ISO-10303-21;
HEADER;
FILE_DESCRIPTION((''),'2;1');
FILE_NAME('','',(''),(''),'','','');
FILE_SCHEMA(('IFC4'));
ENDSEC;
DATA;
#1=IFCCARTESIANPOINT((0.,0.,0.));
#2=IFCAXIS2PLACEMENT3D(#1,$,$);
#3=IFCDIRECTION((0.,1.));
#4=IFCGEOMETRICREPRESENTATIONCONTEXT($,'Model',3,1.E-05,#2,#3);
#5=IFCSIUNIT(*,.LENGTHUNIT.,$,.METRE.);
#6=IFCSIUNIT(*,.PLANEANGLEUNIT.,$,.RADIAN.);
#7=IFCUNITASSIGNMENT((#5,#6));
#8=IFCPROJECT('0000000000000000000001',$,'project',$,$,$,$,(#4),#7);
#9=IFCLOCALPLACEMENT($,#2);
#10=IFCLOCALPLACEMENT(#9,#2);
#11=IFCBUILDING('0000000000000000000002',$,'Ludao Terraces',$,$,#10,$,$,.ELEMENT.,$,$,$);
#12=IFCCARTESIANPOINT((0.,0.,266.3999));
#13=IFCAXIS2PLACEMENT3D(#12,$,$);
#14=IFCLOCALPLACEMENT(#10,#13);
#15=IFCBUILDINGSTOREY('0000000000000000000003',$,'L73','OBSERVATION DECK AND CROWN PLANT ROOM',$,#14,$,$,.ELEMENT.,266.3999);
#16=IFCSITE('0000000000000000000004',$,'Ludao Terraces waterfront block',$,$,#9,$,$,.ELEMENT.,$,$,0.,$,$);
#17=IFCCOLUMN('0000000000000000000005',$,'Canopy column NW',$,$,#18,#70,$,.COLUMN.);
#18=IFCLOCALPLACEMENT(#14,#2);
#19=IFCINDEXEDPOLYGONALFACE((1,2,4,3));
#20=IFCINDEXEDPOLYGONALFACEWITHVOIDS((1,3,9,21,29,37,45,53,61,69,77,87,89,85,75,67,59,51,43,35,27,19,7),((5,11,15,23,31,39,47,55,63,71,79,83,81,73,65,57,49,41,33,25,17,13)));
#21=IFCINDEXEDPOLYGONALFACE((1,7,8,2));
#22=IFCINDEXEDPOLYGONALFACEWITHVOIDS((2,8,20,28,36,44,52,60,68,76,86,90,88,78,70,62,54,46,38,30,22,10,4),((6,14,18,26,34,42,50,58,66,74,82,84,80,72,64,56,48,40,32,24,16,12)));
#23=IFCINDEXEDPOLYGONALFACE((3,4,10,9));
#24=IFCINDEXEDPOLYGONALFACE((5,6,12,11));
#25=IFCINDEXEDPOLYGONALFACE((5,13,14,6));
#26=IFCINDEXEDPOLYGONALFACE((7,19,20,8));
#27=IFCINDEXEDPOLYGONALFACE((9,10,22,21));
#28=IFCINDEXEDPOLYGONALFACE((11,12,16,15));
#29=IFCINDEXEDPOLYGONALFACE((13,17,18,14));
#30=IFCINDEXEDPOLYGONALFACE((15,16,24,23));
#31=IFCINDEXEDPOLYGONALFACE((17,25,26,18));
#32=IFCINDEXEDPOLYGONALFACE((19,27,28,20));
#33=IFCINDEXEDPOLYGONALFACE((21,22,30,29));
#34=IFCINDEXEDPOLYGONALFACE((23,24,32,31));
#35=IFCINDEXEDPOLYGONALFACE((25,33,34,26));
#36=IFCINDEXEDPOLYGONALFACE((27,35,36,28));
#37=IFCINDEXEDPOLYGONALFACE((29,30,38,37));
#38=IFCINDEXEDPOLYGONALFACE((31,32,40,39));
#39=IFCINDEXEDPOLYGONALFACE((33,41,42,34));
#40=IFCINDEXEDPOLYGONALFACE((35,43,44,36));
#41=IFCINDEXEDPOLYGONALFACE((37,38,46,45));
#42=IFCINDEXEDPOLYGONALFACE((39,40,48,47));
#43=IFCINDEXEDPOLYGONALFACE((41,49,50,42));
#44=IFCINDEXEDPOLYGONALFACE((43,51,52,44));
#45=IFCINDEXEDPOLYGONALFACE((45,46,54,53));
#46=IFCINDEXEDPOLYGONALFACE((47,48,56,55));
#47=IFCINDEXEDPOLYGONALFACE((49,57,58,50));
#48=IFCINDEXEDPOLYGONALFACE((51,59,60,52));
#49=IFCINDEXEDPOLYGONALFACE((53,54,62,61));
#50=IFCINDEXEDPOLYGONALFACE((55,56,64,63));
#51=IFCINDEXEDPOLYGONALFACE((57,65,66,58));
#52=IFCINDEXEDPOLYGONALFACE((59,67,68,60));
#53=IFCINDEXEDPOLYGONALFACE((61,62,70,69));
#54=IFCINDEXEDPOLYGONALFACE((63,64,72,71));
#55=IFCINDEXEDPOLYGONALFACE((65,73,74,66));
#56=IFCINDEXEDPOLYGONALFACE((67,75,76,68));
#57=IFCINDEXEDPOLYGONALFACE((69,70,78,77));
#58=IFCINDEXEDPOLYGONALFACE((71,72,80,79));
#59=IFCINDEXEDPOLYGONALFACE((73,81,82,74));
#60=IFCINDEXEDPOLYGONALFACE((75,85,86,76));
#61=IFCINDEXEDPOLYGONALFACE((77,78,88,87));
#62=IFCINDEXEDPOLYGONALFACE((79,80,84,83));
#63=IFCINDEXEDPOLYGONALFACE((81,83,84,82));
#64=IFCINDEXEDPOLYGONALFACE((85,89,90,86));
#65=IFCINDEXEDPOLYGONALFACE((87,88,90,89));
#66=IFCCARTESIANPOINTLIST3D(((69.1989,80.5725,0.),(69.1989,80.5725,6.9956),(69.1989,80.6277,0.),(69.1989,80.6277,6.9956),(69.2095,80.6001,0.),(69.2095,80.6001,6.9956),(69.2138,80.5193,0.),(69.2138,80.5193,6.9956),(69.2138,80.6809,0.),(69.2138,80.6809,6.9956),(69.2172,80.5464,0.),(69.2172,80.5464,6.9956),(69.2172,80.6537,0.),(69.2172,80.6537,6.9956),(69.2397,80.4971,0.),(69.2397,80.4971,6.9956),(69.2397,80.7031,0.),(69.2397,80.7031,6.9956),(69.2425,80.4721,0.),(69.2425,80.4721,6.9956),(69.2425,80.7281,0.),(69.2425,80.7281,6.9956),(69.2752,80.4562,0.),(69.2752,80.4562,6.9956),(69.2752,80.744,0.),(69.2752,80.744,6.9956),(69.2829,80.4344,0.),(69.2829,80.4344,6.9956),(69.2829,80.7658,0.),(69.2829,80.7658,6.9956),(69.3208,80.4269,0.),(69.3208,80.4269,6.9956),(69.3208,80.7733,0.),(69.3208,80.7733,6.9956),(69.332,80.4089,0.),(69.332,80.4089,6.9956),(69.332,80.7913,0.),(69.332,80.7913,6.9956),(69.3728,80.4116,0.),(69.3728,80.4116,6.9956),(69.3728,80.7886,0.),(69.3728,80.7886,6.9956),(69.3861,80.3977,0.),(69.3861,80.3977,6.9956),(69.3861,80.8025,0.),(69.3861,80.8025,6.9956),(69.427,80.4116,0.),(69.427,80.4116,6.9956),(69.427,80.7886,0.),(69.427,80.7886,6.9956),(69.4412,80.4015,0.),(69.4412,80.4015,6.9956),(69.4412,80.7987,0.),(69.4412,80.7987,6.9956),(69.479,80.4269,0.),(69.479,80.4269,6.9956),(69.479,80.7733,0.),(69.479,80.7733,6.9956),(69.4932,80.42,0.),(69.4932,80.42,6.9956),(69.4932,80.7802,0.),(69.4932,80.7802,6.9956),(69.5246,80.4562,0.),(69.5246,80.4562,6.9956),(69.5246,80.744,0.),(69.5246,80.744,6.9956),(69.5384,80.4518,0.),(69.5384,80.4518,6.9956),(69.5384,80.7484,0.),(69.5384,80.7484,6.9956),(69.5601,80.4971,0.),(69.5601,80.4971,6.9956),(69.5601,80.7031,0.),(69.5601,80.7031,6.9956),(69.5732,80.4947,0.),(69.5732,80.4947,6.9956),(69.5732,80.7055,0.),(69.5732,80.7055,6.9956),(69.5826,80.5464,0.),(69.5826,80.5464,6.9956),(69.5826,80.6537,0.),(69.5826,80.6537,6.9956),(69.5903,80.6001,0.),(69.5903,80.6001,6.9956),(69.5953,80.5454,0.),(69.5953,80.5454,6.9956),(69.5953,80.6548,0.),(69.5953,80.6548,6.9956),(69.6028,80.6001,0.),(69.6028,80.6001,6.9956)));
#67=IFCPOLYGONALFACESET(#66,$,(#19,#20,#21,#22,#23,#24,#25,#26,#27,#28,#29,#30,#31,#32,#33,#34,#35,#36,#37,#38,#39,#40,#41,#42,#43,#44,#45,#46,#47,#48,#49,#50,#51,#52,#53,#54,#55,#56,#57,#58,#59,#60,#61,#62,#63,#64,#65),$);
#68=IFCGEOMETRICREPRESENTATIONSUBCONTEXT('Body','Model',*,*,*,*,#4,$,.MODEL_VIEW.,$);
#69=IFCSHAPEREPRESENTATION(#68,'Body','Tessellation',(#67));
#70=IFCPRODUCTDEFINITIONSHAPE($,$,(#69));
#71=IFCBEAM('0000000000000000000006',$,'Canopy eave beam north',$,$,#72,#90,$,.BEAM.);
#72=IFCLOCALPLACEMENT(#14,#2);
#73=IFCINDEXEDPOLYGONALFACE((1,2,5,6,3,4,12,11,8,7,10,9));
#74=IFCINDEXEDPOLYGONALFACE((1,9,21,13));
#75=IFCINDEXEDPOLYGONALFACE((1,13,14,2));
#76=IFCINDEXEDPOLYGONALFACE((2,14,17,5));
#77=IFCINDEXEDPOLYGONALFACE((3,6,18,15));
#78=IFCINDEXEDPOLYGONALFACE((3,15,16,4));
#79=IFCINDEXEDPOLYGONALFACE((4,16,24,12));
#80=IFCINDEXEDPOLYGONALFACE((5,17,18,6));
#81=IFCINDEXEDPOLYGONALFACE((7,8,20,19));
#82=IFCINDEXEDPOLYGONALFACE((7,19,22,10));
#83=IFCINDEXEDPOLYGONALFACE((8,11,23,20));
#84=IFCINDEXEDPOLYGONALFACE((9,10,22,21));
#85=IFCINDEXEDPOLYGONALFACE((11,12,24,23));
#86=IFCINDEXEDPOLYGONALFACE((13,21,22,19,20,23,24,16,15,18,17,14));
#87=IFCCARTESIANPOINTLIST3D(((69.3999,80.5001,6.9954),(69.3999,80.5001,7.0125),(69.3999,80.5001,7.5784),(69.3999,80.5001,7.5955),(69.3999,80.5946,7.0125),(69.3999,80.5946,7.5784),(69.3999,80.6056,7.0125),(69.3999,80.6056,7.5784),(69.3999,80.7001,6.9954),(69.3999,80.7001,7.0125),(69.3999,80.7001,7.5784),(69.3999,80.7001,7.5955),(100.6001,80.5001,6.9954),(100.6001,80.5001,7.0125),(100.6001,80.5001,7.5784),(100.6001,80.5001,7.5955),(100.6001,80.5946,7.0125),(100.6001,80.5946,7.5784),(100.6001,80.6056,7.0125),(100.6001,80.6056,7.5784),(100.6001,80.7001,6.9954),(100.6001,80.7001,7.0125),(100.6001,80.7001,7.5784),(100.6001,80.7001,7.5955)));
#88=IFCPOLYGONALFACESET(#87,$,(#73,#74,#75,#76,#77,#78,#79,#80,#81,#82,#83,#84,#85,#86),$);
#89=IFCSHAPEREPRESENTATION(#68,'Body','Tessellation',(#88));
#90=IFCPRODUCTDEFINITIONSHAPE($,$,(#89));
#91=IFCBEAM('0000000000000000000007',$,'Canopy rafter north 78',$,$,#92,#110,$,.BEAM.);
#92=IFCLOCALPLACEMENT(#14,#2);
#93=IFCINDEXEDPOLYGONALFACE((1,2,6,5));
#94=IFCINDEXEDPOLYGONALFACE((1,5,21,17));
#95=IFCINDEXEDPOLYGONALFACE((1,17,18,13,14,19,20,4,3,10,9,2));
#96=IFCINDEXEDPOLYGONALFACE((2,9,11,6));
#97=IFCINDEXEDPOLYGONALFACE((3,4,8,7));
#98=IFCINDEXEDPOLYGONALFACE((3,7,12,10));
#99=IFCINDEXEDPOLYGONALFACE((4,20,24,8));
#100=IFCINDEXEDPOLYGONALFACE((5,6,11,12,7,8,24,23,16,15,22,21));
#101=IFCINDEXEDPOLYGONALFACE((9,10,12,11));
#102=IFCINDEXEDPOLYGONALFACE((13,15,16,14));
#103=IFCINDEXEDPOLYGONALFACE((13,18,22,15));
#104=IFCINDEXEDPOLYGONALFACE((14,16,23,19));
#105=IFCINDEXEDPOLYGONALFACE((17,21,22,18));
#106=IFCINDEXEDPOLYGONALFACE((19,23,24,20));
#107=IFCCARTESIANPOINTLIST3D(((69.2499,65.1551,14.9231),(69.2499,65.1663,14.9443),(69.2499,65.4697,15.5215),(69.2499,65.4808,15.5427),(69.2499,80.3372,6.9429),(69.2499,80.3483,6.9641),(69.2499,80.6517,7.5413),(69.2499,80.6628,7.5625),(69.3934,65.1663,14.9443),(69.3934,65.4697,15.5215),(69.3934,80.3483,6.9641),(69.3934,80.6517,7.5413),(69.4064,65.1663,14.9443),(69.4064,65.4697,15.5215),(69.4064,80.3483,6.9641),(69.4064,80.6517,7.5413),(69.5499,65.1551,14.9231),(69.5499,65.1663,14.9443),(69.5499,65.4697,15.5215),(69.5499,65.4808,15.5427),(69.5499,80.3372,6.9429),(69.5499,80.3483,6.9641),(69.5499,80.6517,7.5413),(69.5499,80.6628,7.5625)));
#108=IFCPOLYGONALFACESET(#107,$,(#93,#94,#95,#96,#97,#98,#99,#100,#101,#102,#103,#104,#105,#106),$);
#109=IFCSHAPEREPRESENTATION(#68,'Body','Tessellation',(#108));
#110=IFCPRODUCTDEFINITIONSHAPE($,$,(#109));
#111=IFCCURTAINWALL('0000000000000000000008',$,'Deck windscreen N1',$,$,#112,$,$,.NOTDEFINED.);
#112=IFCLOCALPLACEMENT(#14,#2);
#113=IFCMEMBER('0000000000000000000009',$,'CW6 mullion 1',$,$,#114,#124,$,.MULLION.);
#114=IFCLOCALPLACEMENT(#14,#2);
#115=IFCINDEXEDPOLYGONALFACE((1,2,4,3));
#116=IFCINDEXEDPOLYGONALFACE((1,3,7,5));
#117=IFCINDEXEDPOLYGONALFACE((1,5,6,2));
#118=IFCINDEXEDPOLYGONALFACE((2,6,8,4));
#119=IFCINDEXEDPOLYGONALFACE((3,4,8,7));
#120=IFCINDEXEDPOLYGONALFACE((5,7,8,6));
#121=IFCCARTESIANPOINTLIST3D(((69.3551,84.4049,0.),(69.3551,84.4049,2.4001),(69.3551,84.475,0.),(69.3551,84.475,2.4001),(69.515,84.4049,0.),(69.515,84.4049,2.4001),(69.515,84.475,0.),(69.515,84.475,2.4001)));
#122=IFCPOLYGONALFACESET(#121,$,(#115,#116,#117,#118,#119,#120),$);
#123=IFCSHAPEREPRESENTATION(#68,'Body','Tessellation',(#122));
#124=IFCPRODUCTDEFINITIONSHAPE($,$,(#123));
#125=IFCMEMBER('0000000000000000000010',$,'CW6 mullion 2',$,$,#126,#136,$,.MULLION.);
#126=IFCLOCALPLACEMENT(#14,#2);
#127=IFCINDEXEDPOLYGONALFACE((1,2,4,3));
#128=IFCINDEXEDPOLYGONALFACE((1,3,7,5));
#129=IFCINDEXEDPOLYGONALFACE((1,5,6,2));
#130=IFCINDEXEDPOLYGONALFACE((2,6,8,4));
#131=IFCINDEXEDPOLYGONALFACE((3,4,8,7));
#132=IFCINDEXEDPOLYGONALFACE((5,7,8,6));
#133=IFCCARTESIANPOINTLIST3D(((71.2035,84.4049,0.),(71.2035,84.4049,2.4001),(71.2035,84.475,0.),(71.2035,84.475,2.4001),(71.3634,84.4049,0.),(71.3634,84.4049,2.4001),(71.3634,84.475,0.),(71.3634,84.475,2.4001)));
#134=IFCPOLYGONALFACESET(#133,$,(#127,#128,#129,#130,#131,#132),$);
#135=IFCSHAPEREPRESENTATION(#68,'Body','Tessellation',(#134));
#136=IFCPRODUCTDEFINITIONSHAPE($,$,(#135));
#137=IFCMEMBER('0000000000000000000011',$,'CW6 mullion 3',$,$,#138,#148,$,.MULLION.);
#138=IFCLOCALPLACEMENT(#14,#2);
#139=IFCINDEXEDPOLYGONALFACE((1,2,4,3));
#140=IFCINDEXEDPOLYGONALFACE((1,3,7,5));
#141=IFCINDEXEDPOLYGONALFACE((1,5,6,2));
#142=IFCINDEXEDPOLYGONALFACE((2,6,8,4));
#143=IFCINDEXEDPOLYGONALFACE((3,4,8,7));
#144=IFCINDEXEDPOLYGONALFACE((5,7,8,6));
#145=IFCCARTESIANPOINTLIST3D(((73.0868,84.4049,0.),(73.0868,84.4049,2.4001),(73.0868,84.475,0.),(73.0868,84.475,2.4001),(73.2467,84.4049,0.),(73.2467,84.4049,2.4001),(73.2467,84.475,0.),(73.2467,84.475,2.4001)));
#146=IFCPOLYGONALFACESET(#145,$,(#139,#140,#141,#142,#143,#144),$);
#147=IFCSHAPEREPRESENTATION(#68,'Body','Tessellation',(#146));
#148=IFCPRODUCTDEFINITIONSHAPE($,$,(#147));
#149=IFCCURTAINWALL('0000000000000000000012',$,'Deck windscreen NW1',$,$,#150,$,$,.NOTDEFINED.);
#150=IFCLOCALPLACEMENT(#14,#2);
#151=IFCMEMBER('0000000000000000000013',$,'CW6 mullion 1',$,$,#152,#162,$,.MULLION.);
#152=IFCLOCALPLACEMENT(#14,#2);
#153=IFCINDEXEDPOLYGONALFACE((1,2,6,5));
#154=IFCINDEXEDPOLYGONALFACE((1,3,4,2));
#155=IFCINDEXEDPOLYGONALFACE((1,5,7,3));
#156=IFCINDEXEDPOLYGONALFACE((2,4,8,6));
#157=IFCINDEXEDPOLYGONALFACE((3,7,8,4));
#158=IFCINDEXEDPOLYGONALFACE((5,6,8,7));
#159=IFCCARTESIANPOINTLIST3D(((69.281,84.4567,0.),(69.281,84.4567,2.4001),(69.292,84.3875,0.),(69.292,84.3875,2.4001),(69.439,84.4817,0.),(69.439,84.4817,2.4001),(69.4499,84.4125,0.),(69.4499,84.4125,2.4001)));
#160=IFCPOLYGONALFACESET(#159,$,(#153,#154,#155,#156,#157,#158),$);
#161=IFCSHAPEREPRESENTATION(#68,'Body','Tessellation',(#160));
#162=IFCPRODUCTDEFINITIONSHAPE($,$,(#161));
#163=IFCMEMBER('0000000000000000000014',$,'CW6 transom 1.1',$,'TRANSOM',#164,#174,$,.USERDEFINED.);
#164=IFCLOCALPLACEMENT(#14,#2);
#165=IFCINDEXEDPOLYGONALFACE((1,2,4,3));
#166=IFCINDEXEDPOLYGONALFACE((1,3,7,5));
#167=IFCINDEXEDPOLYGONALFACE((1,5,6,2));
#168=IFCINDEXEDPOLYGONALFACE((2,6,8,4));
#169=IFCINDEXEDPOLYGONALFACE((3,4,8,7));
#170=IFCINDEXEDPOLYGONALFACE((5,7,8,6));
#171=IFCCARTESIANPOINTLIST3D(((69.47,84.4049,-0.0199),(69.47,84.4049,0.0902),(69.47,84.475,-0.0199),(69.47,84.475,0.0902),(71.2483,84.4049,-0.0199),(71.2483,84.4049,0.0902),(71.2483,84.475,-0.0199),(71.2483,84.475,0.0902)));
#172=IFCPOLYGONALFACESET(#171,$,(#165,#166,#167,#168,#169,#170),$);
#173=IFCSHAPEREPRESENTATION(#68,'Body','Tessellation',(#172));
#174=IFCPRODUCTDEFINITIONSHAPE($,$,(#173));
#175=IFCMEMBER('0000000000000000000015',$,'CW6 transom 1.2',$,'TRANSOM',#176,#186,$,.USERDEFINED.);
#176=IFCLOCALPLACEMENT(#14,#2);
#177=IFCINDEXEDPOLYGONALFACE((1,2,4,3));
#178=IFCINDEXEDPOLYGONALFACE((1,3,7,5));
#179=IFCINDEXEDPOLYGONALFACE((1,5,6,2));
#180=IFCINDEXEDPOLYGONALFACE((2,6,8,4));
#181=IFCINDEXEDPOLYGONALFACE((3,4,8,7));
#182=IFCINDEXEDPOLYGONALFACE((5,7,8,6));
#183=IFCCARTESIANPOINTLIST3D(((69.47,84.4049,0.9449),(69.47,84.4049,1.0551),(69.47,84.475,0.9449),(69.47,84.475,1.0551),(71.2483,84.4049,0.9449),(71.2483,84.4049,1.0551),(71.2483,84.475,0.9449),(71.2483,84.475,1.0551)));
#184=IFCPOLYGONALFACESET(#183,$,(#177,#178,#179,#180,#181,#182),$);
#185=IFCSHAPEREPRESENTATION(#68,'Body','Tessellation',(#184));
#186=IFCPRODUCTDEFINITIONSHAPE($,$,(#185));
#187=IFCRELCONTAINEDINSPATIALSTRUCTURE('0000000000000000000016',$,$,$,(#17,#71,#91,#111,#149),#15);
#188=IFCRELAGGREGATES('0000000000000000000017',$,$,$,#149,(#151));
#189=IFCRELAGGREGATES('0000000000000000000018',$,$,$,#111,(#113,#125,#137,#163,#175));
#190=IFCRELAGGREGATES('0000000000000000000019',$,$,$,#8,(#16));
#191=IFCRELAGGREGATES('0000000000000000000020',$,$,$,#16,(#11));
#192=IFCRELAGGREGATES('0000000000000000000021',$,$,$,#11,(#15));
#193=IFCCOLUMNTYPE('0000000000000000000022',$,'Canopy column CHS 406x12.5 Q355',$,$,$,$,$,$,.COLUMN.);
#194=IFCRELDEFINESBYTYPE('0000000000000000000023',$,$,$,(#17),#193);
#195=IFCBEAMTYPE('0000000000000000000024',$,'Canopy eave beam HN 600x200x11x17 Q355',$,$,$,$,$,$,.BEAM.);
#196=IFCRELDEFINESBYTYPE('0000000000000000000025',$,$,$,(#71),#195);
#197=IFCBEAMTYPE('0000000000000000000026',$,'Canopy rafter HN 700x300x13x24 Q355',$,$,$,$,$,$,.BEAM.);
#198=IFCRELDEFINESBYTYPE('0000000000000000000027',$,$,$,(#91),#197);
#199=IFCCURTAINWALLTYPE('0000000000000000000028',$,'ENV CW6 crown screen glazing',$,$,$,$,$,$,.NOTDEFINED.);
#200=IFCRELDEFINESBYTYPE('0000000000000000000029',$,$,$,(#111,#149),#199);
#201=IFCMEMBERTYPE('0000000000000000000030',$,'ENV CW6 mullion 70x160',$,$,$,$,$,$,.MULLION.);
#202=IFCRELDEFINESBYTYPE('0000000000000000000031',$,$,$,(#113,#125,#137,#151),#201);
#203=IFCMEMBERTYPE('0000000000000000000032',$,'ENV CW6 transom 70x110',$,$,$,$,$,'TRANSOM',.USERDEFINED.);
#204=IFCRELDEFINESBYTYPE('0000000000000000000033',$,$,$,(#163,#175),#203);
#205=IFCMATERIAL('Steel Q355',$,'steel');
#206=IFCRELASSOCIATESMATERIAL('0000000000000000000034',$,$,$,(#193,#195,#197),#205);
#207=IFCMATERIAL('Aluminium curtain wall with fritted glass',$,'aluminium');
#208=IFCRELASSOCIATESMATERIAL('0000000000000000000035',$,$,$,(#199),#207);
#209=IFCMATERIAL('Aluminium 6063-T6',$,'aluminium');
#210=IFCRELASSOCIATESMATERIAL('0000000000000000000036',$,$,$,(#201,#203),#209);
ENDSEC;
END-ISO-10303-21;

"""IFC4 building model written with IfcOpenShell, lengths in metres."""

from ifc_helpers import new_model, si_unit, direction, frame, origin, origin_2d, place, context, subcontext, project, spatial, rectangle, hollow_circle, i_section, extrude, material, material_profile, profile_set, type_object, element, aggregate, save


model = new_model("IFC4")

# Units and contexts
model_context = context("Model", 3, precision=1e-05, world=origin(), true_north=direction((0.0, 1.0)))
body_context = subcontext(model_context, "Body", "Model", "MODEL_VIEW")
ifc_project = project(units=[si_unit("LENGTHUNIT", "METRE"), si_unit("PLANEANGLEUNIT", "RADIAN")], contexts=[model_context])

# Site, building, storey
site_placement = place(None, origin())
site = spatial("IfcSite", under=ifc_project, at=site_placement, Name="Ludao Terraces waterfront block", CompositionType="ELEMENT", RefElevation=0.0)
building_placement = place(site_placement, origin())
building = spatial("IfcBuilding", under=site, at=building_placement, Name="Ludao Terraces", CompositionType="ELEMENT")
storey_placement = place(building_placement, frame((0.0, 0.0, 266.3999)))
storey = spatial("IfcBuildingStorey", under=building, at=storey_placement, Name="L73", Description="OBSERVATION DECK AND CROWN PLANT ROOM", CompositionType="ELEMENT", Elevation=266.3999)

# Column
ifc_material_1 = material(Name="Steel Q355", Category="steel")
ifc_material_profile_1 = material_profile(ifc_material_1, hollow_circle(Radius=0.2029, WallThickness=0.0125, at=origin_2d()), Name="CHS 406X12.5")
ifc_profile_set_1 = profile_set([ifc_material_profile_1], Name="Steel Q355")
column_type = type_object("IfcColumnType", Name="Canopy column CHS 406x12.5 Q355", PredefinedType="COLUMN", material=ifc_profile_set_1)
column_placement = place(storey_placement, frame((69.3999, 80.6001, 0.0), z_axis=(0.0, 0.0, 1.0), x_axis=(1.0, 0.0, 0.0)))
element("IfcColumn", 1, at=column_placement, inside=storey, type_object=column_type, Name="Canopy column NW", PredefinedType="COLUMN", context=body_context, shape_type="SweptSolid", body=[
    extrude(hollow_circle(Radius=0.2029, WallThickness=0.0125, at=origin_2d()), origin(), (0.0, 0.0, 1.0), 6.9956),
])

# Beams
ifc_material_profile_2 = material_profile(ifc_material_1, i_section(OverallWidth=0.2, OverallDepth=0.6001, WebThickness=0.011, FlangeThickness=0.0171, at=origin_2d()), Name="HN 600X200X11X17")
ifc_profile_set_2 = profile_set([ifc_material_profile_2], Name="Steel Q355")
beam_type_1 = type_object("IfcBeamType", Name="Canopy eave beam HN 600x200x11x17 Q355", PredefinedType="BEAM", material=ifc_profile_set_2)
beam_1_placement = place(storey_placement, frame((69.3999, 80.6001, 7.2954), z_axis=(1.0, 0.0, 0.0), x_axis=(0.0, 1.0, 0.0)))
element("IfcBeam", 2, at=beam_1_placement, inside=storey, type_object=beam_type_1, Name="Canopy eave beam north", PredefinedType="BEAM", context=body_context, shape_type="SweptSolid", body=[
    extrude(i_section(OverallWidth=0.2, OverallDepth=0.6001, WebThickness=0.011, FlangeThickness=0.0171, at=origin_2d()), origin(), (0.0, 0.0, 1.0), 31.2002),
])
ifc_material_profile_3 = material_profile(ifc_material_1, i_section(OverallWidth=0.3, OverallDepth=0.7, WebThickness=0.0129, FlangeThickness=0.0239, at=origin_2d()), Name="HN 700X300X13X24")
ifc_profile_set_3 = profile_set([ifc_material_profile_3], Name="Steel Q355")
beam_type_2 = type_object("IfcBeamType", Name="Canopy rafter HN 700x300x13x24 Q355", PredefinedType="BEAM", material=ifc_profile_set_3)
beam_2_placement = place(storey_placement, frame((69.3999, 80.5, 7.2527), z_axis=(0.0, -0.885167, 0.465273), x_axis=(1.0, 0.0, 0.0)))
element("IfcBeam", 3, at=beam_2_placement, inside=storey, type_object=beam_type_2, Name="Canopy rafter north 78", PredefinedType="BEAM", context=body_context, shape_type="SweptSolid", body=[
    extrude(i_section(OverallWidth=0.3, OverallDepth=0.7, WebThickness=0.0129, FlangeThickness=0.0239, at=origin_2d()), origin(), (0.0, 0.0, 1.0), 17.1516),
])

# Curtain wall, members
ifc_material_2 = material(Name="Aluminium curtain wall with fritted glass", Category="aluminium")
curtain_wall_type = type_object("IfcCurtainWallType", Name="ENV CW6 crown screen glazing", PredefinedType="NOTDEFINED", material=ifc_material_2)
curtain_wall_1_placement = place(storey_placement, origin())
curtain_wall_1 = element("IfcCurtainWall", 4, at=curtain_wall_1_placement, inside=storey, type_object=curtain_wall_type, Name="Deck windscreen N1", PredefinedType="NOTDEFINED")
ifc_material_3 = material(Name="Aluminium 6063-T6", Category="aluminium")
ifc_material_profile_4 = material_profile(ifc_material_3, rectangle(XDim=0.0701, YDim=0.1599, at=origin_2d()), Name="70 X 160")
ifc_profile_set_4 = profile_set([ifc_material_profile_4], Name="Aluminium 6063-T6")
member_type_1 = type_object("IfcMemberType", Name="ENV CW6 mullion 70x160", PredefinedType="MULLION", material=ifc_profile_set_4)
member_1_placement = place(storey_placement, frame((69.4351, 84.4399, 0.0), z_axis=(0.0, 0.0, 1.0), x_axis=(0.0, 1.0, 0.0)))
member_1 = element("IfcMember", 5, at=member_1_placement, type_object=member_type_1, Name="CW6 mullion 1", PredefinedType="MULLION", context=body_context, shape_type="SweptSolid", body=[
    extrude(rectangle(XDim=0.0701, YDim=0.1599, at=origin_2d()), origin(), (0.0, 0.0, 1.0), 2.4001),
])
member_2_placement = place(storey_placement, frame((71.2834, 84.4399, 0.0), z_axis=(0.0, 0.0, 1.0), x_axis=(0.0, 1.0, 0.0)))
member_2 = element("IfcMember", 6, at=member_2_placement, type_object=member_type_1, Name="CW6 mullion 2", PredefinedType="MULLION", context=body_context, shape_type="SweptSolid", body=[
    extrude(rectangle(XDim=0.0701, YDim=0.1599, at=origin_2d()), origin(), (0.0, 0.0, 1.0), 2.4001),
])
member_3_placement = place(storey_placement, frame((73.1667, 84.4399, 0.0), z_axis=(0.0, 0.0, 1.0), x_axis=(0.0, 1.0, 0.0)))
member_3 = element("IfcMember", 7, at=member_3_placement, type_object=member_type_1, Name="CW6 mullion 3", PredefinedType="MULLION", context=body_context, shape_type="SweptSolid", body=[
    extrude(rectangle(XDim=0.0701, YDim=0.1599, at=origin_2d()), origin(), (0.0, 0.0, 1.0), 2.4001),
])

# Curtain wall, member
curtain_wall_2_placement = place(storey_placement, origin())
curtain_wall_2 = element("IfcCurtainWall", 8, at=curtain_wall_2_placement, inside=storey, type_object=curtain_wall_type, Name="Deck windscreen NW1", PredefinedType="NOTDEFINED")
member_4_placement = place(storey_placement, frame((69.3655, 84.4346, 0.0), z_axis=(0.0, 0.0, 1.0), x_axis=(0.156435, -0.987688, 0.0)))
member_4 = element("IfcMember", 9, at=member_4_placement, type_object=member_type_1, Name="CW6 mullion 1", PredefinedType="MULLION", context=body_context, shape_type="SweptSolid", body=[
    extrude(rectangle(XDim=0.0701, YDim=0.1599, at=origin_2d()), origin(), (0.0, 0.0, 1.0), 2.4001),
])

# Members
ifc_material_profile_5 = material_profile(ifc_material_3, rectangle(XDim=0.0701, YDim=0.1101, at=origin_2d()), Name="70 X 110")
ifc_profile_set_5 = profile_set([ifc_material_profile_5], Name="Aluminium 6063-T6")
member_type_2 = type_object("IfcMemberType", Name="ENV CW6 transom 70x110", ElementType="TRANSOM", PredefinedType="USERDEFINED", material=ifc_profile_set_5)
member_5_placement = place(storey_placement, frame((69.47, 84.4399, 0.0352), z_axis=(1.0, 0.0, 0.0), x_axis=(0.0, 1.0, 0.0)))
member_5 = element("IfcMember", 10, at=member_5_placement, type_object=member_type_2, Name="CW6 transom 1.1", ObjectType="TRANSOM", PredefinedType="USERDEFINED", context=body_context, shape_type="SweptSolid", body=[
    extrude(rectangle(XDim=0.0701, YDim=0.1101, at=origin_2d()), origin(), (0.0, 0.0, 1.0), 1.7783),
])
member_6_placement = place(storey_placement, frame((69.47, 84.4399, 1.0), z_axis=(1.0, 0.0, 0.0), x_axis=(0.0, 1.0, 0.0)))
member_6 = element("IfcMember", 11, at=member_6_placement, type_object=member_type_2, Name="CW6 transom 1.2", ObjectType="TRANSOM", PredefinedType="USERDEFINED", context=body_context, shape_type="SweptSolid", body=[
    extrude(rectangle(XDim=0.0701, YDim=0.1101, at=origin_2d()), origin(), (0.0, 0.0, 1.0), 1.7783),
])
aggregate(curtain_wall_2, [member_4])

aggregate(curtain_wall_1, [member_1, member_2, member_3, member_5, member_6])

save(model, "model.ifc")
